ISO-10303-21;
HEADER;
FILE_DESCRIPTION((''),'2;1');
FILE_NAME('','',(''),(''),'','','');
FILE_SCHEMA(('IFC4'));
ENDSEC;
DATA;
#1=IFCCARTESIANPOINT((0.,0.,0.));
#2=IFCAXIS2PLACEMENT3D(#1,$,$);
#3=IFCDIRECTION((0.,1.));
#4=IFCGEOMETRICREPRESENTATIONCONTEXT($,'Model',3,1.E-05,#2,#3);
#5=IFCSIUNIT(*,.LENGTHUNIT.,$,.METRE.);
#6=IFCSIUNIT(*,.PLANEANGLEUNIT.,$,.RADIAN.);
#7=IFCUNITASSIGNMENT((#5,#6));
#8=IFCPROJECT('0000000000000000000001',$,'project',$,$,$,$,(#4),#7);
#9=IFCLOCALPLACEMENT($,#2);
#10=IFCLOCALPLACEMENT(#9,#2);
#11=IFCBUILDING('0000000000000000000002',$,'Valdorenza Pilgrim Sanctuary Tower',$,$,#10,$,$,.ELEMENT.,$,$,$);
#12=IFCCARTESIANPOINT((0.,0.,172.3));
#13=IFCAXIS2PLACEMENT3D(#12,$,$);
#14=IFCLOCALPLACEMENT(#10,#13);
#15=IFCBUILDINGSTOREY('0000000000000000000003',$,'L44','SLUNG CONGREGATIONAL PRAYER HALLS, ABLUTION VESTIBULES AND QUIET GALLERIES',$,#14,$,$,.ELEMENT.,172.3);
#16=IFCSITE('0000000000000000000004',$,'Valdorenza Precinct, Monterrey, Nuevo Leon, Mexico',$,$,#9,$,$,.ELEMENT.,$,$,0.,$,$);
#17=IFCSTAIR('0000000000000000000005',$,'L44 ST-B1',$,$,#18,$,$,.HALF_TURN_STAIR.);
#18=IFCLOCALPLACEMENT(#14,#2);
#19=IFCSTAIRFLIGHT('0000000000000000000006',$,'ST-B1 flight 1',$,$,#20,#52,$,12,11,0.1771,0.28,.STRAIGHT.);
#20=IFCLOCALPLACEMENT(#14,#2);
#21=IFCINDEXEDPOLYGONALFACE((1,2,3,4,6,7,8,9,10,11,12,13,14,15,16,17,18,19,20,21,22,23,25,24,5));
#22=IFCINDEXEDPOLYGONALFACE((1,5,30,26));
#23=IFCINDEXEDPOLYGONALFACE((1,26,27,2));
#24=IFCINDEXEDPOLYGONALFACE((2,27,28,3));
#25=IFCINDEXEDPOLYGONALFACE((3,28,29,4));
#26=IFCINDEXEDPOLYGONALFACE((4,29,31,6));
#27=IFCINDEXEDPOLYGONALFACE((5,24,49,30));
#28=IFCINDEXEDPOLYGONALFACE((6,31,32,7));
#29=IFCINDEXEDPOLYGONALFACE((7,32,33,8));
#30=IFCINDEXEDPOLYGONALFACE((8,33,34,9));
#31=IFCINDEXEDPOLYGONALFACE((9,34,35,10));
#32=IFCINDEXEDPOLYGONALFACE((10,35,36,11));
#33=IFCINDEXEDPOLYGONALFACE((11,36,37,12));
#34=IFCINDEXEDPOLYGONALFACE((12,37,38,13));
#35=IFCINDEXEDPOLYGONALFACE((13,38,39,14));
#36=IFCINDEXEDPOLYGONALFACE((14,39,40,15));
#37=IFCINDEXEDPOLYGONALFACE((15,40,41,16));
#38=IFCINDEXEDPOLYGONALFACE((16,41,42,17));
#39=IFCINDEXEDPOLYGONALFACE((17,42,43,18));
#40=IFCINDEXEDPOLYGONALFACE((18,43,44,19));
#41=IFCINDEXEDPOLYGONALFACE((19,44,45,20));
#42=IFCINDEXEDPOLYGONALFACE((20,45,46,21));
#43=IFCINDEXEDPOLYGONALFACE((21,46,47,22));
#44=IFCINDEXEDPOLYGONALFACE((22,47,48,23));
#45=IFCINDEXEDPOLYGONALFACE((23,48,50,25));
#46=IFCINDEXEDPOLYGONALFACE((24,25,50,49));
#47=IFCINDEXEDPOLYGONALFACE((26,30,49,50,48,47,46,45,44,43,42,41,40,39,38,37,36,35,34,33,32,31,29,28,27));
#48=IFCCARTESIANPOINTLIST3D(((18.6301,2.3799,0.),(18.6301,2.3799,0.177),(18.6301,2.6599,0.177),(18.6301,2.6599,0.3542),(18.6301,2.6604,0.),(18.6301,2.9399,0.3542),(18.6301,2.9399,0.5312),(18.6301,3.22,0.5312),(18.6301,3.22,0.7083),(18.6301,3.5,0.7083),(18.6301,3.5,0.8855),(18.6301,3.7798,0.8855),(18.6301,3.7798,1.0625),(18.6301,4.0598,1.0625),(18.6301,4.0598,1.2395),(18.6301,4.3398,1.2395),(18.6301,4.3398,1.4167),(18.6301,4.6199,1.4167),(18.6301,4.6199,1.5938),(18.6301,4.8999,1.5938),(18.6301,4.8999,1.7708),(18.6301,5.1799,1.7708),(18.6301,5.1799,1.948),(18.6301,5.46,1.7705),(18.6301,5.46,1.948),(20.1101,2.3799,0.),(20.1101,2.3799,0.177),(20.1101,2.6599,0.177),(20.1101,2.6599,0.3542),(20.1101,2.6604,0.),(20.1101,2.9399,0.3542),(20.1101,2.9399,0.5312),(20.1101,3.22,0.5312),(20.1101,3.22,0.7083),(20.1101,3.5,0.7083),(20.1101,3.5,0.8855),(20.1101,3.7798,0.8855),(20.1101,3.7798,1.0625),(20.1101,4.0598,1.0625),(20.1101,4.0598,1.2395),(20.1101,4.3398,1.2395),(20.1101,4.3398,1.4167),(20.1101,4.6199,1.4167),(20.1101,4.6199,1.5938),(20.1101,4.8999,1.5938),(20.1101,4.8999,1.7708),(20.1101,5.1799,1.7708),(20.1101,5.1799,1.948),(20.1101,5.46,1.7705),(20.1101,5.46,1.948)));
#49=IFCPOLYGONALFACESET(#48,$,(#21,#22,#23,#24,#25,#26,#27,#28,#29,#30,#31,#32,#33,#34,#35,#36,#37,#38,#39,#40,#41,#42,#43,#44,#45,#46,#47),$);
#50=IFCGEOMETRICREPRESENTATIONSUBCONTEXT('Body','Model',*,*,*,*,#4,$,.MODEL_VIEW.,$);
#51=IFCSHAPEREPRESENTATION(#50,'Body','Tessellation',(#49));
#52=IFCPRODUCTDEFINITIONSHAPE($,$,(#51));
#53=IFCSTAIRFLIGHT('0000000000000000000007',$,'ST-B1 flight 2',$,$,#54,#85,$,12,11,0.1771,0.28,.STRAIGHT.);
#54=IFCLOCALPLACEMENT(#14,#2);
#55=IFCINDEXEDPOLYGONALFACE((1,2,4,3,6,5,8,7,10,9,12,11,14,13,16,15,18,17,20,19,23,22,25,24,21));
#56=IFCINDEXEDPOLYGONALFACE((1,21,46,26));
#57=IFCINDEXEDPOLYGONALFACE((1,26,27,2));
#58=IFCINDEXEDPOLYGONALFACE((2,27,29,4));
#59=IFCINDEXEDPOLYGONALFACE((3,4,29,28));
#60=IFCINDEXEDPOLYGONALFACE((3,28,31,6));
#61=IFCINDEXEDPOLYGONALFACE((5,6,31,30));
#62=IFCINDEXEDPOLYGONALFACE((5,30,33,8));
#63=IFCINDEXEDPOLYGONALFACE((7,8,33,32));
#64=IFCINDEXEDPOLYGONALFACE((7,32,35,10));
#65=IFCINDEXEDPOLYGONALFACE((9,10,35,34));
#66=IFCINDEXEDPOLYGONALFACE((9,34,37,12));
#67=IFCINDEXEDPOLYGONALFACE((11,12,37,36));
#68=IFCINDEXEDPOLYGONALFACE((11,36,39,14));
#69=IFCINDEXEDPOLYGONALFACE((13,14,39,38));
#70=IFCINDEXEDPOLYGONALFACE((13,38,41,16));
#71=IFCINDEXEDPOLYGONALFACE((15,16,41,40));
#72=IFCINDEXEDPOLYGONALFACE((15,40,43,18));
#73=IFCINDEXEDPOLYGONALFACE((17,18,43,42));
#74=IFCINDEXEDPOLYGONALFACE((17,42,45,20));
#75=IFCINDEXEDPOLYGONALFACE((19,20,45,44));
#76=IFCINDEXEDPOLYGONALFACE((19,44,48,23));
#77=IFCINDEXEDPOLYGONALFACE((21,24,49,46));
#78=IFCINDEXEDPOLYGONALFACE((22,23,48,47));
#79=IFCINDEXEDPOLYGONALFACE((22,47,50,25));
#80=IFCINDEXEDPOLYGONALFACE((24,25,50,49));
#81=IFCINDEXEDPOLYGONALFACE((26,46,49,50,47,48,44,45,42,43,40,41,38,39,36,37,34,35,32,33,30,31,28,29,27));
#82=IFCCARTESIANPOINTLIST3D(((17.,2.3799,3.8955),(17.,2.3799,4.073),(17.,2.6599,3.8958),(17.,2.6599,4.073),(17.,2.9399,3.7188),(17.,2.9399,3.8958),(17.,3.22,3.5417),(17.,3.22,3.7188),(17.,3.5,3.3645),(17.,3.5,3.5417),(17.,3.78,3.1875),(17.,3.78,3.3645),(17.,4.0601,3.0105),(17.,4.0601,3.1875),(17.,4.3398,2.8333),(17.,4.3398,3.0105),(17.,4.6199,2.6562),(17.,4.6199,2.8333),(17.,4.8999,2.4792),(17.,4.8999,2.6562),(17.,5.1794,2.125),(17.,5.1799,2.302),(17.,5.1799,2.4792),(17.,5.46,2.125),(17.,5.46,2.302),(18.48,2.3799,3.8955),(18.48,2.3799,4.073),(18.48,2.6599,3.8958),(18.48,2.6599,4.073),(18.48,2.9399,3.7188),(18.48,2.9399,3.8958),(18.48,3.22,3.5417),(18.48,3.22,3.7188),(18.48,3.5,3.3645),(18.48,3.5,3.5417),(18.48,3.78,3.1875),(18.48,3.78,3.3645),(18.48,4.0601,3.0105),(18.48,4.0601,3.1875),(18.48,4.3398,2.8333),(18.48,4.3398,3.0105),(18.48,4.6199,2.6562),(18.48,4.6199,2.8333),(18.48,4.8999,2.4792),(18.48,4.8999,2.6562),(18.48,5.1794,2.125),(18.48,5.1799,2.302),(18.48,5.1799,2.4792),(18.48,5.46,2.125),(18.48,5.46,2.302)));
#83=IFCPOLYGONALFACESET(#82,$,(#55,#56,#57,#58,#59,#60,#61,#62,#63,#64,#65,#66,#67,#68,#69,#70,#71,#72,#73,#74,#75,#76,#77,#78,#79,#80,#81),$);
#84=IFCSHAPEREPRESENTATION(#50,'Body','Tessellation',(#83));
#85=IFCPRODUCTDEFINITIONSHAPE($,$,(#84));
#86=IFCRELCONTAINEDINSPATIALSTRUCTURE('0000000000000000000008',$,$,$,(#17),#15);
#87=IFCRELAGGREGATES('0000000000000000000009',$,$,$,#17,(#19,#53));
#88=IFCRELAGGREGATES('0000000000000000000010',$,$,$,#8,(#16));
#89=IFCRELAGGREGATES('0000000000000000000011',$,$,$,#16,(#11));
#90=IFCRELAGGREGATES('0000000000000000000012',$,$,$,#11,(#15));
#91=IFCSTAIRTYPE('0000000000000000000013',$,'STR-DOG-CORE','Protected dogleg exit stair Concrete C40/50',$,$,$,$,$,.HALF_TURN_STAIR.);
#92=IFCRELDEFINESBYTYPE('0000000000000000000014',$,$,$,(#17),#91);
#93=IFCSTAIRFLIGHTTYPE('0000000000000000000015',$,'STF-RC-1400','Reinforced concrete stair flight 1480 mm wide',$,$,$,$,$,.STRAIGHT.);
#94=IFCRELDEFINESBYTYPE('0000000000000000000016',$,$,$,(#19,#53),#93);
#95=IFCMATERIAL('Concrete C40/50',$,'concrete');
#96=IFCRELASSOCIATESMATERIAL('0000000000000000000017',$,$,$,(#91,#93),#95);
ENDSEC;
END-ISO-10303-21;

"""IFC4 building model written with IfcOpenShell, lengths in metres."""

from ifc_helpers import new_model, si_unit, direction, frame, origin, place, context, subcontext, project, spatial, polyline, outline, extrude, material, type_object, element, aggregate, save


model = new_model("IFC4")

# Units and contexts
model_context = context("Model", 3, precision=1e-05, world=origin(), true_north=direction((0.0, 1.0)))
body_context = subcontext(model_context, "Body", "Model", "MODEL_VIEW")
ifc_project = project(units=[si_unit("LENGTHUNIT", "METRE"), si_unit("PLANEANGLEUNIT", "RADIAN")], contexts=[model_context])

# Site, building, storey
site_placement = place(None, origin())
site = spatial("IfcSite", under=ifc_project, at=site_placement, Name="Valdorenza Precinct, Monterrey, Nuevo Leon, Mexico", CompositionType="ELEMENT", RefElevation=0.0)
building_placement = place(site_placement, origin())
building = spatial("IfcBuilding", under=site, at=building_placement, Name="Valdorenza Pilgrim Sanctuary Tower", CompositionType="ELEMENT")
storey_placement = place(building_placement, frame((0.0, 0.0, 172.3)))
storey = spatial("IfcBuildingStorey", under=building, at=storey_placement, Name="L44", Description="SLUNG CONGREGATIONAL PRAYER HALLS, ABLUTION VESTIBULES AND QUIET GALLERIES", CompositionType="ELEMENT", Elevation=172.3)

# Shared definitions
ifc_material_1 = material(Name="Concrete C40/50", Category="concrete")

# Stair, stair flights
stair_type = type_object("IfcStairType", Name="STR-DOG-CORE", Description="Protected dogleg exit stair Concrete C40/50", PredefinedType="HALF_TURN_STAIR", material=ifc_material_1)
stair_placement = place(storey_placement, origin())
stair = element("IfcStair", 1, at=stair_placement, inside=storey, type_object=stair_type, Name="L44 ST-B1", PredefinedType="HALF_TURN_STAIR")
stair_flight_type = type_object("IfcStairFlightType", Name="STF-RC-1400", Description="Reinforced concrete stair flight 1480 mm wide", PredefinedType="STRAIGHT", material=ifc_material_1)
stair_flight_1_placement = place(storey_placement, frame((19.3701, 2.3799, 0.0), z_axis=(0.0, 0.0, 1.0), x_axis=(0.0, 1.0, 0.0)))
stair_flight_1 = element("IfcStairFlight", 2, at=stair_flight_1_placement, type_object=stair_flight_type, Name="ST-B1 flight 1", NumberOfRisers=12, NumberOfTreads=11, PredefinedType="STRAIGHT", RiserHeight=0.1771, TreadLength=0.28, context=body_context, shape_type="SweptSolid", body=[
    extrude(outline(polyline([(0.0, 0.0), (0.0, 0.177), (0.28, 0.177), (0.28, 0.3542), (0.5601, 0.3542), (0.5601, 0.5312), (0.8401, 0.5312), (0.8401, 0.7083), (1.1201, 0.7083), (1.1201, 0.8855), (1.3999, 0.8855), (1.3999, 1.0625), (1.6799, 1.0625), (1.6799, 1.2395), (1.96, 1.2395), (1.96, 1.4167), (2.24, 1.4167), (2.24, 1.5938), (2.52, 1.5938), (2.52, 1.7708), (2.8, 1.7708), (2.8, 1.948), (3.0801, 1.948), (3.0801, 2.125), (3.0801, 1.7705), (0.2805, 0.0), (0.0, 0.0)])), frame((0.0, 0.74, 0.0), z_axis=(0.0, -1.0, 0.0), x_axis=(1.0, 0.0, 0.0)), (0.0, 0.0, 1.0), 1.48),
])
stair_flight_2_placement = place(storey_placement, frame((17.74, 5.46, 2.125), z_axis=(0.0, 0.0, 1.0), x_axis=(0.0, -1.0, 0.0)))
stair_flight_2 = element("IfcStairFlight", 3, at=stair_flight_2_placement, type_object=stair_flight_type, Name="ST-B1 flight 2", NumberOfRisers=12, NumberOfTreads=11, PredefinedType="STRAIGHT", RiserHeight=0.1771, TreadLength=0.28, context=body_context, shape_type="SweptSolid", body=[
    extrude(outline(polyline([(0.0, 0.0), (0.0, 0.177), (0.28, 0.177), (0.28, 0.3542), (0.5601, 0.3542), (0.5601, 0.5312), (0.8401, 0.5312), (0.8401, 0.7083), (1.1201, 0.7083), (1.1201, 0.8855), (1.3999, 0.8855), (1.3999, 1.0625), (1.6799, 1.0625), (1.6799, 1.2395), (1.96, 1.2395), (1.96, 1.4167), (2.24, 1.4167), (2.24, 1.5938), (2.52, 1.5938), (2.52, 1.7708), (2.8, 1.7708), (2.8, 1.948), (3.0801, 1.948), (3.0801, 2.125), (3.0801, 1.7705), (0.2805, 0.0), (0.0, 0.0)])), frame((0.0, 0.74, 0.0), z_axis=(0.0, -1.0, 0.0), x_axis=(1.0, 0.0, 0.0)), (0.0, 0.0, 1.0), 1.48),
])
aggregate(stair, [stair_flight_1, stair_flight_2])

save(model, "model.ifc")
